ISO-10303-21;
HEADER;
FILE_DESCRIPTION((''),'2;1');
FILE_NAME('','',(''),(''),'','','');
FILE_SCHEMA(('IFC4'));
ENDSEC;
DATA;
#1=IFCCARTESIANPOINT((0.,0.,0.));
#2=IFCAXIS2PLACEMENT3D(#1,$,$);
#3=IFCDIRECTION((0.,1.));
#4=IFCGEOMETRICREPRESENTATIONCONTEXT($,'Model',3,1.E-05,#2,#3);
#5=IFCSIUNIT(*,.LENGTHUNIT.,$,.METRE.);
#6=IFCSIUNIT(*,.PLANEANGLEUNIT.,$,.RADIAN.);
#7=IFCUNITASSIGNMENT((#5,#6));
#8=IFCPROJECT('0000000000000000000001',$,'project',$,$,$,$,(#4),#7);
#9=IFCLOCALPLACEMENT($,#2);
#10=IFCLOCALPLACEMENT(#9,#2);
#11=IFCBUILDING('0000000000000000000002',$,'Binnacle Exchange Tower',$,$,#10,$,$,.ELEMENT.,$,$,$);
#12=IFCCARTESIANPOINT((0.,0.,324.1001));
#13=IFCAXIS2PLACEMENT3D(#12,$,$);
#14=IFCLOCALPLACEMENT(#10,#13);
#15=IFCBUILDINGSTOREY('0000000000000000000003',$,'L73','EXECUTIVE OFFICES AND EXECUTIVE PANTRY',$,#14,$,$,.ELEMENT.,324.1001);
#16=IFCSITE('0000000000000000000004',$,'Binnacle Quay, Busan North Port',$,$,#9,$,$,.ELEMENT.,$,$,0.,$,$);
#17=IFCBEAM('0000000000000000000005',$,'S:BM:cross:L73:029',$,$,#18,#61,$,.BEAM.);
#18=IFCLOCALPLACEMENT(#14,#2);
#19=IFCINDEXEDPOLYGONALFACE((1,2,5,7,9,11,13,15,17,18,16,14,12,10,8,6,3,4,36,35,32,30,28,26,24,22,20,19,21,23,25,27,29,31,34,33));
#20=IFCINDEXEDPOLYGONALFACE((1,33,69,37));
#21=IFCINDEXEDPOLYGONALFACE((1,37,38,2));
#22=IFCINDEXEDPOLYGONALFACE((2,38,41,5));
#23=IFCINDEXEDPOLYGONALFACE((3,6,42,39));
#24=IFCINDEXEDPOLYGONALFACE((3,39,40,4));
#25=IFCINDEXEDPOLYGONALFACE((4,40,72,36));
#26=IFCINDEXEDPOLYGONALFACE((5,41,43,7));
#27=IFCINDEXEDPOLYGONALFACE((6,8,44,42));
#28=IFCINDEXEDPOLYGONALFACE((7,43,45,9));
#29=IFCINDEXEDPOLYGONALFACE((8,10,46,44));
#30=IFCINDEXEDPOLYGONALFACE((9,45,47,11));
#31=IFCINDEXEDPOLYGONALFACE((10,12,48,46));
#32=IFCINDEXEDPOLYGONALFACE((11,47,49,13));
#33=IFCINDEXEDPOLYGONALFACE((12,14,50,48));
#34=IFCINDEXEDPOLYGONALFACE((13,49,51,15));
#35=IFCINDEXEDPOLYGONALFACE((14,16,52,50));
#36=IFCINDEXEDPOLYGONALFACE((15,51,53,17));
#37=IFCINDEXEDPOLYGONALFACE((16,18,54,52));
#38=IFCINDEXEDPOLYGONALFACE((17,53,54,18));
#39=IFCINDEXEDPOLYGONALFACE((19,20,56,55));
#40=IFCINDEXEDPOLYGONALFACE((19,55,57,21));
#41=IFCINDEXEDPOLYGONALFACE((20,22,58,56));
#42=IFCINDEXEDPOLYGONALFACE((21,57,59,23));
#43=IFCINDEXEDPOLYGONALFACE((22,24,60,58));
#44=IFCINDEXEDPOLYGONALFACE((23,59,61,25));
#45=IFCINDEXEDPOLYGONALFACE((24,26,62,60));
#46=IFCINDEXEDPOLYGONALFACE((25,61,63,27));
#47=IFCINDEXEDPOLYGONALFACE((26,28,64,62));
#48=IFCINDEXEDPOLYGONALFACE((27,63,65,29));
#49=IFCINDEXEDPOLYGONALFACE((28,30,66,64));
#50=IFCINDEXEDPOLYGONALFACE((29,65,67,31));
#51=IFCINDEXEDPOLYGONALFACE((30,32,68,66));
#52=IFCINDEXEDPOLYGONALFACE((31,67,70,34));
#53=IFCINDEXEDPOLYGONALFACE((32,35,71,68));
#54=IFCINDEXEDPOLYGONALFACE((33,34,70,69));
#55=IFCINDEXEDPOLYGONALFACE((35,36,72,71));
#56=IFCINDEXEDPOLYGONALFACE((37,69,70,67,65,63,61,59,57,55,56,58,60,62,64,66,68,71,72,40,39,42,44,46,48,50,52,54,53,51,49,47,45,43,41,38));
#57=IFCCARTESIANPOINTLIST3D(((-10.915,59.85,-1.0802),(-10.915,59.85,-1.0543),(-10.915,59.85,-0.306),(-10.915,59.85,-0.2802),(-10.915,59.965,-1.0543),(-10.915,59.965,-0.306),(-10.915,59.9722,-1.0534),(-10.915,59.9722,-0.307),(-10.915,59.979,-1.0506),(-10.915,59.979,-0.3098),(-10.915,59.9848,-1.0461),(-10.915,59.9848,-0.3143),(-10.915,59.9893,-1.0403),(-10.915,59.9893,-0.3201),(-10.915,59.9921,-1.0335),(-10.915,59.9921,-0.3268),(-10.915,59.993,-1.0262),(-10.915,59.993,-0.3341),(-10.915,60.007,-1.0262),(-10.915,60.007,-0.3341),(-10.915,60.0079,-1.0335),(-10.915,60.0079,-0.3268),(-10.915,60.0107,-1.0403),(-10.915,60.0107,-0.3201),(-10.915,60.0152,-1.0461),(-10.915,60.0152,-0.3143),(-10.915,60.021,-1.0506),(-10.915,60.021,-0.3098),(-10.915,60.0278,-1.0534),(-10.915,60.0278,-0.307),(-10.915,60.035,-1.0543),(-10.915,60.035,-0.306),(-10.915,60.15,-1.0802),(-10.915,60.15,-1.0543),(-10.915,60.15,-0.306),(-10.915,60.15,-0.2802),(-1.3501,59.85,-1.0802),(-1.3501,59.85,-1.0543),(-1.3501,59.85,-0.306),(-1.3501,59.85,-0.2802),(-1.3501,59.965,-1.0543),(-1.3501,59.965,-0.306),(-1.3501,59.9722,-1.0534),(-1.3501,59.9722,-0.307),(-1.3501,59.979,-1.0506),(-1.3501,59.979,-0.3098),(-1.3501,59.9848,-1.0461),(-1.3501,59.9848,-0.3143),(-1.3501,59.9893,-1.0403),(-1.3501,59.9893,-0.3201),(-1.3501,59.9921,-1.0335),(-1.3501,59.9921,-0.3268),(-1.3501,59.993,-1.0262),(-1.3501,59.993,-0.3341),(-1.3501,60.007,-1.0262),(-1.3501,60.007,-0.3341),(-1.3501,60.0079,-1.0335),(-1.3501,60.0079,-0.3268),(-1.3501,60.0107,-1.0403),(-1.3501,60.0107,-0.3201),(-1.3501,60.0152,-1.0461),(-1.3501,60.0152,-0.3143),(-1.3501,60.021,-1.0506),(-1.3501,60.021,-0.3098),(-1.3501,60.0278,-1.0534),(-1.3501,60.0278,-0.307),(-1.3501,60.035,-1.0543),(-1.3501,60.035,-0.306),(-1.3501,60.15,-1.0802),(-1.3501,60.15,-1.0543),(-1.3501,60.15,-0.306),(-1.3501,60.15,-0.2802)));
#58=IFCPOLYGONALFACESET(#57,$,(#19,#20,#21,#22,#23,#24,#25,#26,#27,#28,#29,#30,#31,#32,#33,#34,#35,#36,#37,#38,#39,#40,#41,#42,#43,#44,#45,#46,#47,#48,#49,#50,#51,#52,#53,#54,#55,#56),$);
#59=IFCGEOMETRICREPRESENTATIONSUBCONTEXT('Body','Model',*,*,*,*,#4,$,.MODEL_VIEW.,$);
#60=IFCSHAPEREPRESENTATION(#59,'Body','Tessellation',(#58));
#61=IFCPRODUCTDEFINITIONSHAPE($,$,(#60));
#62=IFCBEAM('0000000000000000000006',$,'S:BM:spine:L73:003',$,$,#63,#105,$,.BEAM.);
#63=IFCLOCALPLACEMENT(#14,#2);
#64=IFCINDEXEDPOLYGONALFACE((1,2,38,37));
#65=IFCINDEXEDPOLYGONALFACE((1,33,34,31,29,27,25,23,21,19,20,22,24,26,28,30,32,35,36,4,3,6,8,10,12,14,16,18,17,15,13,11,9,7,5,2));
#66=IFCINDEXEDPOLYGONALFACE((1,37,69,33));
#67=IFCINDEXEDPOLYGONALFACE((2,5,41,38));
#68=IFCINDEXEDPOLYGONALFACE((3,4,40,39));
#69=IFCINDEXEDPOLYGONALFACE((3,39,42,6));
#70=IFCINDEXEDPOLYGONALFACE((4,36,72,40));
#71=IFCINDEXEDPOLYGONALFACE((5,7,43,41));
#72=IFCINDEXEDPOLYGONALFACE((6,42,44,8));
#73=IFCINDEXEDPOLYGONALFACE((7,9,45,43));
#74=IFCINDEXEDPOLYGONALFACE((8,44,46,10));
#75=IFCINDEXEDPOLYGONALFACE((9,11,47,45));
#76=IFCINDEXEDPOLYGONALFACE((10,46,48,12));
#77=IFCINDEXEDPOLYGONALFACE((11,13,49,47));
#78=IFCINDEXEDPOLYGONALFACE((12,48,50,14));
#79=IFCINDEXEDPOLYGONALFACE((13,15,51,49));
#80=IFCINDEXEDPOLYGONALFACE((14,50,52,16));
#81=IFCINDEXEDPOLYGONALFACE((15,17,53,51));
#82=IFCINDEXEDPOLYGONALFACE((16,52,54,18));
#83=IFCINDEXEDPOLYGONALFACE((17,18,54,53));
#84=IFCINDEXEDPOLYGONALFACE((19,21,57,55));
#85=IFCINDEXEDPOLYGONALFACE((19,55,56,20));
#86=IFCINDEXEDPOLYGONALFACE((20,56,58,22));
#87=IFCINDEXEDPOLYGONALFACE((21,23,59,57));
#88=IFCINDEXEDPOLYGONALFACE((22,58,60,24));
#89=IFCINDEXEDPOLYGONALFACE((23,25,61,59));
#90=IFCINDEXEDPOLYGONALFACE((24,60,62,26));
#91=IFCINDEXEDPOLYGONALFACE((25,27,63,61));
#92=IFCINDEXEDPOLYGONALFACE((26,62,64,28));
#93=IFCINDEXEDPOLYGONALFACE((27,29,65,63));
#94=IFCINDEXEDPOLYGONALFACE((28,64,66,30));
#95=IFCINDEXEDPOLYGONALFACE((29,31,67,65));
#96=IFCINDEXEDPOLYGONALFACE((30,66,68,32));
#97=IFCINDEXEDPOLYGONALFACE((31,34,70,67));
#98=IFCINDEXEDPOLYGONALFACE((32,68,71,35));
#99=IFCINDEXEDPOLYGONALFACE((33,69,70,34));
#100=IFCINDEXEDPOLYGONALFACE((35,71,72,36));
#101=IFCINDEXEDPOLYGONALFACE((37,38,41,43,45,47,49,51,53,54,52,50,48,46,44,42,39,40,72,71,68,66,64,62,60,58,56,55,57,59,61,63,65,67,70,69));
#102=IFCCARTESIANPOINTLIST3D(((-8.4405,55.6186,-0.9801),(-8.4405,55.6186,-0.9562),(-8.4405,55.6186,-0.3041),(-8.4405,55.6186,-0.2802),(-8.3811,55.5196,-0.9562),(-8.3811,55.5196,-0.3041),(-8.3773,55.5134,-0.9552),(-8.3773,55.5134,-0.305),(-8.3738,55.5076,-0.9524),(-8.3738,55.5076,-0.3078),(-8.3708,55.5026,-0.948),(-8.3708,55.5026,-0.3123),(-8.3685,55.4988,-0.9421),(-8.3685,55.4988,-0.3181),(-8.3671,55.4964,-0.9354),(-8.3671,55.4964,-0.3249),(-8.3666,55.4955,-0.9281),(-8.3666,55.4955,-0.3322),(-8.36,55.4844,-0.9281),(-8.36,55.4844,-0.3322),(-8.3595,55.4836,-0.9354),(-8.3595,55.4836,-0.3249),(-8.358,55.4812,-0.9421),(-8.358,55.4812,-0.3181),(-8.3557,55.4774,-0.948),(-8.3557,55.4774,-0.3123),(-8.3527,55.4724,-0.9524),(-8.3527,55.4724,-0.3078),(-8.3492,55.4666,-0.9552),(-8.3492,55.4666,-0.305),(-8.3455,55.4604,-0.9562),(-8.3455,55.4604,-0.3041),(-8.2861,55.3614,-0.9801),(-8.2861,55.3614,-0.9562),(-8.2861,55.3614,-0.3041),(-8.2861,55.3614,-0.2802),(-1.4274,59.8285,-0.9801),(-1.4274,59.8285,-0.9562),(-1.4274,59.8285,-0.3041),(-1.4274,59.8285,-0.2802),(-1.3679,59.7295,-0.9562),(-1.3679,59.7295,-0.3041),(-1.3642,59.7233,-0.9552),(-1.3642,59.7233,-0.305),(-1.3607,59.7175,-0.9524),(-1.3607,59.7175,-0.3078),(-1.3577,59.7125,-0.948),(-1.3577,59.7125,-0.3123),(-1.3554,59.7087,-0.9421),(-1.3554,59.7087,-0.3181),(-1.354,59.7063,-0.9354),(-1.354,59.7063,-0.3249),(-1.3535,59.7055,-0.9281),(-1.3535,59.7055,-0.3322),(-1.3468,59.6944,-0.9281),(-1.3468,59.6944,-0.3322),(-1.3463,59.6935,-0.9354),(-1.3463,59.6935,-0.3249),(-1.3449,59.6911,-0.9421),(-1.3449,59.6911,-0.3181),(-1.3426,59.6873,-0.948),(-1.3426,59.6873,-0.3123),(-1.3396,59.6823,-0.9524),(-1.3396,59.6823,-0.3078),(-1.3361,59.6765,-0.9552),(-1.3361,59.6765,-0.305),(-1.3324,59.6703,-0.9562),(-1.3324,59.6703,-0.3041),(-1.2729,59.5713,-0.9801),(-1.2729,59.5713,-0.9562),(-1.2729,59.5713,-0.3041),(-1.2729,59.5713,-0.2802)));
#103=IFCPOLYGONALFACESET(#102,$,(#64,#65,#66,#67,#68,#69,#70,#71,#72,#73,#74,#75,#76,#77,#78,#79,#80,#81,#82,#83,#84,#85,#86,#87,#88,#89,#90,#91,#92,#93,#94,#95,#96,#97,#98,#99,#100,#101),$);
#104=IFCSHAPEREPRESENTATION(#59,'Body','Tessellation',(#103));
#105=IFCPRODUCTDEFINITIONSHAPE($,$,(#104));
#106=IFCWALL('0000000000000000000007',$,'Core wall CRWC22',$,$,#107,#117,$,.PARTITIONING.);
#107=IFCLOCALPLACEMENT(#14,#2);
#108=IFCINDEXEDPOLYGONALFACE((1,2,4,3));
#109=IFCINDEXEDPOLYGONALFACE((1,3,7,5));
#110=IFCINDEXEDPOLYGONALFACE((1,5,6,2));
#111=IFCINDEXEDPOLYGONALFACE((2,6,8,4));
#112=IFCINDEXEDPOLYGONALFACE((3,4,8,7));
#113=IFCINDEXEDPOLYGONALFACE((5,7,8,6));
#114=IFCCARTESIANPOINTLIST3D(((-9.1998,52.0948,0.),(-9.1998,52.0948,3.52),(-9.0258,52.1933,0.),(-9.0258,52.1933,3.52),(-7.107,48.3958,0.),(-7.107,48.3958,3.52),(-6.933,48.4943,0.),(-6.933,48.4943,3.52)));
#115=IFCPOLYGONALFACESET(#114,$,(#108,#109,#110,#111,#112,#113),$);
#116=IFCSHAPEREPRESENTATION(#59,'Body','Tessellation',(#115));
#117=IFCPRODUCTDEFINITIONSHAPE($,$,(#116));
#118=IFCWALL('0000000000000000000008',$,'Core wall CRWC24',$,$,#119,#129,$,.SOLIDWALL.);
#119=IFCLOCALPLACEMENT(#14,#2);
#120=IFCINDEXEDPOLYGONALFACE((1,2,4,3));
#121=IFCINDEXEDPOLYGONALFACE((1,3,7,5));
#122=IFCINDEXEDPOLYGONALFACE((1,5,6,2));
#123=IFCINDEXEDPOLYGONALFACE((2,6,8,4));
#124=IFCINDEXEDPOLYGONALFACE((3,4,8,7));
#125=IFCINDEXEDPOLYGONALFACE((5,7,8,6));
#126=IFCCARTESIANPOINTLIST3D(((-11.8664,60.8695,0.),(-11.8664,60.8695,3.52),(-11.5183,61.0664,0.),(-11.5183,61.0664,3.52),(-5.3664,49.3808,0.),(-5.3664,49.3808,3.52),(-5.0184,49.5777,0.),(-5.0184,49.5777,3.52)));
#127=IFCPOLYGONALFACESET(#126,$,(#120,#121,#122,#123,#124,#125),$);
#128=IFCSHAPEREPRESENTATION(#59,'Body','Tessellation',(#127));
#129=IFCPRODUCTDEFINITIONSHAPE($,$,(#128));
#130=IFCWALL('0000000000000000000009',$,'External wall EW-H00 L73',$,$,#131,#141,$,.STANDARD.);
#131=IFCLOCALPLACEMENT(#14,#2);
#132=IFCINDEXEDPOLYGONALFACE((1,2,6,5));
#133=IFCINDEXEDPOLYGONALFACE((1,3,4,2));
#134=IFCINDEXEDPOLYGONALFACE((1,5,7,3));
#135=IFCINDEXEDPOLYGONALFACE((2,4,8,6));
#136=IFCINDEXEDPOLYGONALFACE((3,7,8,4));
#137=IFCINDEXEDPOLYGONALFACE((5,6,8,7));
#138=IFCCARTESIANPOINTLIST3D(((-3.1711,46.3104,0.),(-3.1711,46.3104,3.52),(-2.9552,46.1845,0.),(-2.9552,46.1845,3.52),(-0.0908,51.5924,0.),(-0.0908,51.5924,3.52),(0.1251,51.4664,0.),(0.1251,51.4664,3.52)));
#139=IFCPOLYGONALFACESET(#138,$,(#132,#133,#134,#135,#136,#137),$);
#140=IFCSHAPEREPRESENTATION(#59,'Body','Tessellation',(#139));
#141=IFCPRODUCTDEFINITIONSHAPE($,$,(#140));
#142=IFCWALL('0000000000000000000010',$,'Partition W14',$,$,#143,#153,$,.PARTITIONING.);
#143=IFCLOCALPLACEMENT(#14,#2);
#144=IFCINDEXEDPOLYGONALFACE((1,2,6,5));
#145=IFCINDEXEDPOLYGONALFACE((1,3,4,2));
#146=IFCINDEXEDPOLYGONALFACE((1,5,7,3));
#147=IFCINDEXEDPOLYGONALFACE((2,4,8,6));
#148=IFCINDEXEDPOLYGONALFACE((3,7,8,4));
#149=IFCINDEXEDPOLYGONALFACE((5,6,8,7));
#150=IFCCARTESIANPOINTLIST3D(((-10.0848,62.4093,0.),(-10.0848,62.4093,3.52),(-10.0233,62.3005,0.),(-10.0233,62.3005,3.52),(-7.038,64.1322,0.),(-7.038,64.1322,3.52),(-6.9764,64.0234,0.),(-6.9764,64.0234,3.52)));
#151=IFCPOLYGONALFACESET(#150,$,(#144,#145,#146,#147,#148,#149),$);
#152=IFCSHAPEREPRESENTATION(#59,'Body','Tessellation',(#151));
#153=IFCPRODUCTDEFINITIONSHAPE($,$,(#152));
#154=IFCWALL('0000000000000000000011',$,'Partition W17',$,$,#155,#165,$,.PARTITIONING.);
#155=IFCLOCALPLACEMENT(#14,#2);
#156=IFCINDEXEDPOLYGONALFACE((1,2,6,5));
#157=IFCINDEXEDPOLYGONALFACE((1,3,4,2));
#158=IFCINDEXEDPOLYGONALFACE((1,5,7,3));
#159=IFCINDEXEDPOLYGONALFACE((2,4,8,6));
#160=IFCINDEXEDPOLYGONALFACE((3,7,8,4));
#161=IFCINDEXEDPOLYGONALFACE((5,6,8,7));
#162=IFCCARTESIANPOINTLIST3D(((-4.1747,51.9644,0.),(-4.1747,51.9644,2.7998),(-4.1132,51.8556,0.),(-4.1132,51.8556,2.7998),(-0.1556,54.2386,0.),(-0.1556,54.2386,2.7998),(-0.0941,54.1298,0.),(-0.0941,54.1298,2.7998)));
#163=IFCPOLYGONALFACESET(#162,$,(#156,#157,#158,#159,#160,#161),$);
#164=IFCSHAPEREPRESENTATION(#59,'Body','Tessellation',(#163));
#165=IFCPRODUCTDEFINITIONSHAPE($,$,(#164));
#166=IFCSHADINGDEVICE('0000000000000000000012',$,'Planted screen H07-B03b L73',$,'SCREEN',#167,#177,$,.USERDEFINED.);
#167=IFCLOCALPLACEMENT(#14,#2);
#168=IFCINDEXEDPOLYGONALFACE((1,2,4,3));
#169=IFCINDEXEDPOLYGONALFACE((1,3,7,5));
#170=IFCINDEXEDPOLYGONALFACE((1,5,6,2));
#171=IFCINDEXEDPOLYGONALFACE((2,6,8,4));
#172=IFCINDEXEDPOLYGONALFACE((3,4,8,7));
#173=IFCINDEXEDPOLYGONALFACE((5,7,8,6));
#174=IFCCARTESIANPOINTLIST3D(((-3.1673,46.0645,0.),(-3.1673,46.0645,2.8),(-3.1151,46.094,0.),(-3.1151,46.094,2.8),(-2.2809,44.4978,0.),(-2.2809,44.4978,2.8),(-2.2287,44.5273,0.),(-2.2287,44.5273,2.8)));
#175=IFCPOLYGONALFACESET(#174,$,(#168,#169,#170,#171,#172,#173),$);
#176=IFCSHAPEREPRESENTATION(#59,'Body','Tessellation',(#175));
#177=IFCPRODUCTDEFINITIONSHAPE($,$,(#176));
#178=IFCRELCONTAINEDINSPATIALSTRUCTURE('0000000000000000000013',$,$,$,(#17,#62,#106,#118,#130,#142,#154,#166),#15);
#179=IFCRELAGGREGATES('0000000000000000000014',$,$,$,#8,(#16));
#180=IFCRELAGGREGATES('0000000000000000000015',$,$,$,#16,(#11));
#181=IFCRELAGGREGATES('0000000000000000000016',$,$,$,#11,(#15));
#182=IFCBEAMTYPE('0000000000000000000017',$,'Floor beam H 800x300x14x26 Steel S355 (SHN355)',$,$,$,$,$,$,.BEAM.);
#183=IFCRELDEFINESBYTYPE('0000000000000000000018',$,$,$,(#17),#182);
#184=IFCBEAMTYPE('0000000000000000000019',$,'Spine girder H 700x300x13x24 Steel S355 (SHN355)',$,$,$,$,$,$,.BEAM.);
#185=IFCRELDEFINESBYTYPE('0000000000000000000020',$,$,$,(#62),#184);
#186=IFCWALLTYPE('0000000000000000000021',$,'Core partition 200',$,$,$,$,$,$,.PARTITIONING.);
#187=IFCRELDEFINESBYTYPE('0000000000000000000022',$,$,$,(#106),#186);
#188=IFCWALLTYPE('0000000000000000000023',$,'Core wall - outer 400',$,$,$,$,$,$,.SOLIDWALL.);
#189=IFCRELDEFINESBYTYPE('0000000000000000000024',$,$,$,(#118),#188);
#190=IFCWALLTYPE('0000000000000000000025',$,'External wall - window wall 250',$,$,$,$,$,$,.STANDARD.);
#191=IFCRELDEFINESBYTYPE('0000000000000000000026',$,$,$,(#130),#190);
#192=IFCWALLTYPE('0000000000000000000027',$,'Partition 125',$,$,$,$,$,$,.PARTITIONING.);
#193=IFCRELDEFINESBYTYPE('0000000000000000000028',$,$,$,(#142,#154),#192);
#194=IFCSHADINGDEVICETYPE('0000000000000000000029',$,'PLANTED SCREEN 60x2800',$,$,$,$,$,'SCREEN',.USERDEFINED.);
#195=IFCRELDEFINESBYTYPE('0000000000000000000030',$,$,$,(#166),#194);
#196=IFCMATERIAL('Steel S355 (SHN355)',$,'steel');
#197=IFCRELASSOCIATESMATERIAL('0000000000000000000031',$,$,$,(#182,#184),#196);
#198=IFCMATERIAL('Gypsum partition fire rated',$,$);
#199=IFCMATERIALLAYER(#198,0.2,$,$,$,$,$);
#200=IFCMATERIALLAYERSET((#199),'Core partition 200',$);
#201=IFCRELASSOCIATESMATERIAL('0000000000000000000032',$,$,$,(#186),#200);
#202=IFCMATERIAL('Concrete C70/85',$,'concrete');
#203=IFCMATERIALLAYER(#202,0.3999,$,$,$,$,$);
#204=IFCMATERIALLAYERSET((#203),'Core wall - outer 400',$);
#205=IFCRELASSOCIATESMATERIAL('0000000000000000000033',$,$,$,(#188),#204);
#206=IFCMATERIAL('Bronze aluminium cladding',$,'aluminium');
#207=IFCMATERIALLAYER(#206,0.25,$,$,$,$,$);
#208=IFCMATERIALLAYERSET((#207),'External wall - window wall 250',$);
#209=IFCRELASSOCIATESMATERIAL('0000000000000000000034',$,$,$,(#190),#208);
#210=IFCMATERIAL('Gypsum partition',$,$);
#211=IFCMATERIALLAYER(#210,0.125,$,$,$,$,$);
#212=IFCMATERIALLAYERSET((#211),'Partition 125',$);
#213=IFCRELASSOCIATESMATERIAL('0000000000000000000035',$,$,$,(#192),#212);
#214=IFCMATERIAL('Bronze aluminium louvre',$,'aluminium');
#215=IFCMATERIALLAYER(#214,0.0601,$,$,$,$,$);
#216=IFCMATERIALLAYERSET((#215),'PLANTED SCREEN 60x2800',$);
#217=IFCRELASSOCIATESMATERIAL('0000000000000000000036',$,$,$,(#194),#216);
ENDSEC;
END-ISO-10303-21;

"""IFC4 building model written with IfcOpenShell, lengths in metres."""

from ifc_helpers import new_model, si_unit, direction, frame, frame_2d, origin, origin_2d, place, context, subcontext, project, spatial, rectangle, i_section, extrude, material, layer, layer_set, material_profile, profile_set, type_object, element, save


model = new_model("IFC4")

# Units and contexts
model_context = context("Model", 3, precision=1e-05, world=origin(), true_north=direction((0.0, 1.0)))
body_context = subcontext(model_context, "Body", "Model", "MODEL_VIEW")
ifc_project = project(units=[si_unit("LENGTHUNIT", "METRE"), si_unit("PLANEANGLEUNIT", "RADIAN")], contexts=[model_context])

# Site, building, storey
site_placement = place(None, origin())
site = spatial("IfcSite", under=ifc_project, at=site_placement, Name="Binnacle Quay, Busan North Port", CompositionType="ELEMENT", RefElevation=0.0)
building_placement = place(site_placement, origin())
building = spatial("IfcBuilding", under=site, at=building_placement, Name="Binnacle Exchange Tower", CompositionType="ELEMENT")
storey_placement = place(building_placement, frame((0.0, 0.0, 324.1001)))
storey = spatial("IfcBuildingStorey", under=building, at=storey_placement, Name="L73", Description="EXECUTIVE OFFICES AND EXECUTIVE PANTRY", CompositionType="ELEMENT", Elevation=324.1001)

# Beams
ifc_material_1 = material(Name="Steel S355 (SHN355)", Category="steel")
ifc_material_profile_1 = material_profile(ifc_material_1, i_section(OverallWidth=0.3, OverallDepth=0.8, WebThickness=0.0139, FlangeThickness=0.0259, FilletRadius=0.0281, at=origin_2d()), Name="H 800x300x14x26")
ifc_profile_set_1 = profile_set([ifc_material_profile_1], Name="Steel S355 (SHN355)")
beam_type_1 = type_object("IfcBeamType", Name="Floor beam H 800x300x14x26 Steel S355 (SHN355)", PredefinedType="BEAM", material=ifc_profile_set_1)
beam_1_placement = place(storey_placement, frame((-1.3501, 60.0, -0.6802), z_axis=(-1.0, 0.0, 0.0), x_axis=(0.0, -1.0, 0.0)))
element("IfcBeam", 1, at=beam_1_placement, inside=storey, type_object=beam_type_1, Name="S:BM:cross:L73:029", PredefinedType="BEAM", context=body_context, shape_type="SweptSolid", body=[
    extrude(i_section(OverallWidth=0.3, OverallDepth=0.8, WebThickness=0.0139, FlangeThickness=0.0259, FilletRadius=0.0281, at=origin_2d()), origin(), (0.0, 0.0, 1.0), 9.5649),
])
ifc_material_profile_2 = material_profile(ifc_material_1, i_section(OverallWidth=0.3, OverallDepth=0.7, WebThickness=0.0129, FlangeThickness=0.0239, FilletRadius=0.0281, at=origin_2d()), Name="H 700x300x13x24")
ifc_profile_set_2 = profile_set([ifc_material_profile_2], Name="Steel S355 (SHN355)")
beam_type_2 = type_object("IfcBeamType", Name="Spine girder H 700x300x13x24 Steel S355 (SHN355)", PredefinedType="BEAM", material=ifc_profile_set_2)
beam_2_placement = place(storey_placement, frame((-8.3633, 55.49, -0.6301), z_axis=(0.857382, 0.51468, 0.0), x_axis=(-0.51468, 0.857382, 0.0)))
element("IfcBeam", 2, at=beam_2_placement, inside=storey, type_object=beam_type_2, Name="S:BM:spine:L73:003", PredefinedType="BEAM", context=body_context, shape_type="SweptSolid", body=[
    extrude(i_section(OverallWidth=0.3, OverallDepth=0.7, WebThickness=0.0129, FlangeThickness=0.0239, FilletRadius=0.0281, at=origin_2d()), origin(), (0.0, 0.0, 1.0), 8.1797),
])

# Walls
ifc_material_2 = material(Name="Gypsum partition fire rated")
ifc_layer_1 = layer(ifc_material_2, 0.2)
ifc_layer_set_1 = layer_set([ifc_layer_1], Name="Core partition 200")
wall_type_1 = type_object("IfcWallType", Name="Core partition 200", PredefinedType="PARTITIONING", material=ifc_layer_set_1)
wall_1_placement = place(storey_placement, frame((-9.1128, 52.144, 0.0), z_axis=(0.0, 0.0, 1.0), x_axis=(0.492423, -0.870356, 0.0)))
element("IfcWall", 3, at=wall_1_placement, inside=storey, type_object=wall_type_1, Name="Core wall CRWC22", PredefinedType="PARTITIONING", context=body_context, shape_type="SweptSolid", body=[
    extrude(rectangle(XDim=4.25, YDim=0.2, at=frame_2d((2.125, 0.0))), origin(), (0.0, 0.0, 1.0), 3.52),
])
ifc_material_3 = material(Name="Concrete C70/85", Category="concrete")
ifc_layer_2 = layer(ifc_material_3, 0.3999)
ifc_layer_set_2 = layer_set([ifc_layer_2], Name="Core wall - outer 400")
wall_type_2 = type_object("IfcWallType", Name="Core wall - outer 400", PredefinedType="SOLIDWALL", material=ifc_layer_set_2)
wall_2_placement = place(storey_placement, frame((-11.6924, 60.968, 0.0), z_axis=(0.0, 0.0, 1.0), x_axis=(0.492422, -0.870357, 0.0)))
element("IfcWall", 4, at=wall_2_placement, inside=storey, type_object=wall_type_2, Name="Core wall CRWC24", PredefinedType="SOLIDWALL", context=body_context, shape_type="SweptSolid", body=[
    extrude(rectangle(XDim=13.2, YDim=0.3999, at=frame_2d((6.6001, 0.0))), origin(), (0.0, 0.0, 1.0), 3.52),
])
ifc_material_4 = material(Name="Bronze aluminium cladding", Category="aluminium")
ifc_layer_3 = layer(ifc_material_4, 0.25)
ifc_layer_set_3 = layer_set([ifc_layer_3], Name="External wall - window wall 250")
wall_type_3 = type_object("IfcWallType", Name="External wall - window wall 250", PredefinedType="STANDARD", material=ifc_layer_set_3)
wall_3_placement = place(storey_placement, frame((0.0171, 51.5293, 0.0), z_axis=(0.0, 0.0, 1.0), x_axis=(-0.503769, -0.863838, 0.0)))
element("IfcWall", 5, at=wall_3_placement, inside=storey, type_object=wall_type_3, Name="External wall EW-H00 L73", PredefinedType="STANDARD", context=body_context, shape_type="SweptSolid", body=[
    extrude(rectangle(XDim=6.1145, YDim=0.25, at=frame_2d((3.0571, 0.0))), origin(), (0.0, 0.0, 1.0), 3.52),
])

# Walls
ifc_material_5 = material(Name="Gypsum partition")
ifc_layer_4 = layer(ifc_material_5, 0.125)
ifc_layer_set_4 = layer_set([ifc_layer_4], Name="Partition 125")
wall_type_4 = type_object("IfcWallType", Name="Partition 125", PredefinedType="PARTITIONING", material=ifc_layer_set_4)
wall_4_placement = place(storey_placement, frame((-10.054, 62.355, 0.0), z_axis=(0.0, 0.0, 1.0), x_axis=(0.870471, 0.49222, 0.0)))
element("IfcWall", 6, at=wall_4_placement, inside=storey, type_object=wall_type_4, Name="Partition W14", PredefinedType="PARTITIONING", context=body_context, shape_type="SweptSolid", body=[
    extrude(rectangle(XDim=3.5002, YDim=0.125, at=frame_2d((1.75, 0.0))), origin(), (0.0, 0.0, 1.0), 3.52),
])
wall_5_placement = place(storey_placement, frame((-4.144, 51.9099, 0.0), z_axis=(0.0, 0.0, 1.0), x_axis=(0.870327, 0.492474, 0.0)))
element("IfcWall", 7, at=wall_5_placement, inside=storey, type_object=wall_type_4, Name="Partition W17", PredefinedType="PARTITIONING", context=body_context, shape_type="SweptSolid", body=[
    extrude(rectangle(XDim=4.6179, YDim=0.125, at=frame_2d((2.3091, 0.0))), origin(), (0.0, 0.0, 1.0), 2.7998),
])

# Shading device
ifc_material_6 = material(Name="Bronze aluminium louvre", Category="aluminium")
ifc_layer_5 = layer(ifc_material_6, 0.0601)
ifc_layer_set_5 = layer_set([ifc_layer_5], Name="PLANTED SCREEN 60x2800")
shading_device_type = type_object("IfcShadingDeviceType", Name="PLANTED SCREEN 60x2800", ElementType="SCREEN", PredefinedType="USERDEFINED", material=ifc_layer_set_5)
shading_device_placement = place(storey_placement, frame((-2.698, 45.2959, 0.0), z_axis=(0.0, 0.0, 1.0), x_axis=(0.870356, 0.492424, 0.0)))
element("IfcShadingDevice", 8, at=shading_device_placement, inside=storey, type_object=shading_device_type, Name="Planted screen H07-B03b L73", ObjectType="SCREEN", PredefinedType="USERDEFINED", context=body_context, shape_type="SweptSolid", body=[
    extrude(rectangle(XDim=0.0601, YDim=1.8, at=origin_2d()), origin(), (0.0, 0.0, 1.0), 2.8),
])

save(model, "model.ifc")
